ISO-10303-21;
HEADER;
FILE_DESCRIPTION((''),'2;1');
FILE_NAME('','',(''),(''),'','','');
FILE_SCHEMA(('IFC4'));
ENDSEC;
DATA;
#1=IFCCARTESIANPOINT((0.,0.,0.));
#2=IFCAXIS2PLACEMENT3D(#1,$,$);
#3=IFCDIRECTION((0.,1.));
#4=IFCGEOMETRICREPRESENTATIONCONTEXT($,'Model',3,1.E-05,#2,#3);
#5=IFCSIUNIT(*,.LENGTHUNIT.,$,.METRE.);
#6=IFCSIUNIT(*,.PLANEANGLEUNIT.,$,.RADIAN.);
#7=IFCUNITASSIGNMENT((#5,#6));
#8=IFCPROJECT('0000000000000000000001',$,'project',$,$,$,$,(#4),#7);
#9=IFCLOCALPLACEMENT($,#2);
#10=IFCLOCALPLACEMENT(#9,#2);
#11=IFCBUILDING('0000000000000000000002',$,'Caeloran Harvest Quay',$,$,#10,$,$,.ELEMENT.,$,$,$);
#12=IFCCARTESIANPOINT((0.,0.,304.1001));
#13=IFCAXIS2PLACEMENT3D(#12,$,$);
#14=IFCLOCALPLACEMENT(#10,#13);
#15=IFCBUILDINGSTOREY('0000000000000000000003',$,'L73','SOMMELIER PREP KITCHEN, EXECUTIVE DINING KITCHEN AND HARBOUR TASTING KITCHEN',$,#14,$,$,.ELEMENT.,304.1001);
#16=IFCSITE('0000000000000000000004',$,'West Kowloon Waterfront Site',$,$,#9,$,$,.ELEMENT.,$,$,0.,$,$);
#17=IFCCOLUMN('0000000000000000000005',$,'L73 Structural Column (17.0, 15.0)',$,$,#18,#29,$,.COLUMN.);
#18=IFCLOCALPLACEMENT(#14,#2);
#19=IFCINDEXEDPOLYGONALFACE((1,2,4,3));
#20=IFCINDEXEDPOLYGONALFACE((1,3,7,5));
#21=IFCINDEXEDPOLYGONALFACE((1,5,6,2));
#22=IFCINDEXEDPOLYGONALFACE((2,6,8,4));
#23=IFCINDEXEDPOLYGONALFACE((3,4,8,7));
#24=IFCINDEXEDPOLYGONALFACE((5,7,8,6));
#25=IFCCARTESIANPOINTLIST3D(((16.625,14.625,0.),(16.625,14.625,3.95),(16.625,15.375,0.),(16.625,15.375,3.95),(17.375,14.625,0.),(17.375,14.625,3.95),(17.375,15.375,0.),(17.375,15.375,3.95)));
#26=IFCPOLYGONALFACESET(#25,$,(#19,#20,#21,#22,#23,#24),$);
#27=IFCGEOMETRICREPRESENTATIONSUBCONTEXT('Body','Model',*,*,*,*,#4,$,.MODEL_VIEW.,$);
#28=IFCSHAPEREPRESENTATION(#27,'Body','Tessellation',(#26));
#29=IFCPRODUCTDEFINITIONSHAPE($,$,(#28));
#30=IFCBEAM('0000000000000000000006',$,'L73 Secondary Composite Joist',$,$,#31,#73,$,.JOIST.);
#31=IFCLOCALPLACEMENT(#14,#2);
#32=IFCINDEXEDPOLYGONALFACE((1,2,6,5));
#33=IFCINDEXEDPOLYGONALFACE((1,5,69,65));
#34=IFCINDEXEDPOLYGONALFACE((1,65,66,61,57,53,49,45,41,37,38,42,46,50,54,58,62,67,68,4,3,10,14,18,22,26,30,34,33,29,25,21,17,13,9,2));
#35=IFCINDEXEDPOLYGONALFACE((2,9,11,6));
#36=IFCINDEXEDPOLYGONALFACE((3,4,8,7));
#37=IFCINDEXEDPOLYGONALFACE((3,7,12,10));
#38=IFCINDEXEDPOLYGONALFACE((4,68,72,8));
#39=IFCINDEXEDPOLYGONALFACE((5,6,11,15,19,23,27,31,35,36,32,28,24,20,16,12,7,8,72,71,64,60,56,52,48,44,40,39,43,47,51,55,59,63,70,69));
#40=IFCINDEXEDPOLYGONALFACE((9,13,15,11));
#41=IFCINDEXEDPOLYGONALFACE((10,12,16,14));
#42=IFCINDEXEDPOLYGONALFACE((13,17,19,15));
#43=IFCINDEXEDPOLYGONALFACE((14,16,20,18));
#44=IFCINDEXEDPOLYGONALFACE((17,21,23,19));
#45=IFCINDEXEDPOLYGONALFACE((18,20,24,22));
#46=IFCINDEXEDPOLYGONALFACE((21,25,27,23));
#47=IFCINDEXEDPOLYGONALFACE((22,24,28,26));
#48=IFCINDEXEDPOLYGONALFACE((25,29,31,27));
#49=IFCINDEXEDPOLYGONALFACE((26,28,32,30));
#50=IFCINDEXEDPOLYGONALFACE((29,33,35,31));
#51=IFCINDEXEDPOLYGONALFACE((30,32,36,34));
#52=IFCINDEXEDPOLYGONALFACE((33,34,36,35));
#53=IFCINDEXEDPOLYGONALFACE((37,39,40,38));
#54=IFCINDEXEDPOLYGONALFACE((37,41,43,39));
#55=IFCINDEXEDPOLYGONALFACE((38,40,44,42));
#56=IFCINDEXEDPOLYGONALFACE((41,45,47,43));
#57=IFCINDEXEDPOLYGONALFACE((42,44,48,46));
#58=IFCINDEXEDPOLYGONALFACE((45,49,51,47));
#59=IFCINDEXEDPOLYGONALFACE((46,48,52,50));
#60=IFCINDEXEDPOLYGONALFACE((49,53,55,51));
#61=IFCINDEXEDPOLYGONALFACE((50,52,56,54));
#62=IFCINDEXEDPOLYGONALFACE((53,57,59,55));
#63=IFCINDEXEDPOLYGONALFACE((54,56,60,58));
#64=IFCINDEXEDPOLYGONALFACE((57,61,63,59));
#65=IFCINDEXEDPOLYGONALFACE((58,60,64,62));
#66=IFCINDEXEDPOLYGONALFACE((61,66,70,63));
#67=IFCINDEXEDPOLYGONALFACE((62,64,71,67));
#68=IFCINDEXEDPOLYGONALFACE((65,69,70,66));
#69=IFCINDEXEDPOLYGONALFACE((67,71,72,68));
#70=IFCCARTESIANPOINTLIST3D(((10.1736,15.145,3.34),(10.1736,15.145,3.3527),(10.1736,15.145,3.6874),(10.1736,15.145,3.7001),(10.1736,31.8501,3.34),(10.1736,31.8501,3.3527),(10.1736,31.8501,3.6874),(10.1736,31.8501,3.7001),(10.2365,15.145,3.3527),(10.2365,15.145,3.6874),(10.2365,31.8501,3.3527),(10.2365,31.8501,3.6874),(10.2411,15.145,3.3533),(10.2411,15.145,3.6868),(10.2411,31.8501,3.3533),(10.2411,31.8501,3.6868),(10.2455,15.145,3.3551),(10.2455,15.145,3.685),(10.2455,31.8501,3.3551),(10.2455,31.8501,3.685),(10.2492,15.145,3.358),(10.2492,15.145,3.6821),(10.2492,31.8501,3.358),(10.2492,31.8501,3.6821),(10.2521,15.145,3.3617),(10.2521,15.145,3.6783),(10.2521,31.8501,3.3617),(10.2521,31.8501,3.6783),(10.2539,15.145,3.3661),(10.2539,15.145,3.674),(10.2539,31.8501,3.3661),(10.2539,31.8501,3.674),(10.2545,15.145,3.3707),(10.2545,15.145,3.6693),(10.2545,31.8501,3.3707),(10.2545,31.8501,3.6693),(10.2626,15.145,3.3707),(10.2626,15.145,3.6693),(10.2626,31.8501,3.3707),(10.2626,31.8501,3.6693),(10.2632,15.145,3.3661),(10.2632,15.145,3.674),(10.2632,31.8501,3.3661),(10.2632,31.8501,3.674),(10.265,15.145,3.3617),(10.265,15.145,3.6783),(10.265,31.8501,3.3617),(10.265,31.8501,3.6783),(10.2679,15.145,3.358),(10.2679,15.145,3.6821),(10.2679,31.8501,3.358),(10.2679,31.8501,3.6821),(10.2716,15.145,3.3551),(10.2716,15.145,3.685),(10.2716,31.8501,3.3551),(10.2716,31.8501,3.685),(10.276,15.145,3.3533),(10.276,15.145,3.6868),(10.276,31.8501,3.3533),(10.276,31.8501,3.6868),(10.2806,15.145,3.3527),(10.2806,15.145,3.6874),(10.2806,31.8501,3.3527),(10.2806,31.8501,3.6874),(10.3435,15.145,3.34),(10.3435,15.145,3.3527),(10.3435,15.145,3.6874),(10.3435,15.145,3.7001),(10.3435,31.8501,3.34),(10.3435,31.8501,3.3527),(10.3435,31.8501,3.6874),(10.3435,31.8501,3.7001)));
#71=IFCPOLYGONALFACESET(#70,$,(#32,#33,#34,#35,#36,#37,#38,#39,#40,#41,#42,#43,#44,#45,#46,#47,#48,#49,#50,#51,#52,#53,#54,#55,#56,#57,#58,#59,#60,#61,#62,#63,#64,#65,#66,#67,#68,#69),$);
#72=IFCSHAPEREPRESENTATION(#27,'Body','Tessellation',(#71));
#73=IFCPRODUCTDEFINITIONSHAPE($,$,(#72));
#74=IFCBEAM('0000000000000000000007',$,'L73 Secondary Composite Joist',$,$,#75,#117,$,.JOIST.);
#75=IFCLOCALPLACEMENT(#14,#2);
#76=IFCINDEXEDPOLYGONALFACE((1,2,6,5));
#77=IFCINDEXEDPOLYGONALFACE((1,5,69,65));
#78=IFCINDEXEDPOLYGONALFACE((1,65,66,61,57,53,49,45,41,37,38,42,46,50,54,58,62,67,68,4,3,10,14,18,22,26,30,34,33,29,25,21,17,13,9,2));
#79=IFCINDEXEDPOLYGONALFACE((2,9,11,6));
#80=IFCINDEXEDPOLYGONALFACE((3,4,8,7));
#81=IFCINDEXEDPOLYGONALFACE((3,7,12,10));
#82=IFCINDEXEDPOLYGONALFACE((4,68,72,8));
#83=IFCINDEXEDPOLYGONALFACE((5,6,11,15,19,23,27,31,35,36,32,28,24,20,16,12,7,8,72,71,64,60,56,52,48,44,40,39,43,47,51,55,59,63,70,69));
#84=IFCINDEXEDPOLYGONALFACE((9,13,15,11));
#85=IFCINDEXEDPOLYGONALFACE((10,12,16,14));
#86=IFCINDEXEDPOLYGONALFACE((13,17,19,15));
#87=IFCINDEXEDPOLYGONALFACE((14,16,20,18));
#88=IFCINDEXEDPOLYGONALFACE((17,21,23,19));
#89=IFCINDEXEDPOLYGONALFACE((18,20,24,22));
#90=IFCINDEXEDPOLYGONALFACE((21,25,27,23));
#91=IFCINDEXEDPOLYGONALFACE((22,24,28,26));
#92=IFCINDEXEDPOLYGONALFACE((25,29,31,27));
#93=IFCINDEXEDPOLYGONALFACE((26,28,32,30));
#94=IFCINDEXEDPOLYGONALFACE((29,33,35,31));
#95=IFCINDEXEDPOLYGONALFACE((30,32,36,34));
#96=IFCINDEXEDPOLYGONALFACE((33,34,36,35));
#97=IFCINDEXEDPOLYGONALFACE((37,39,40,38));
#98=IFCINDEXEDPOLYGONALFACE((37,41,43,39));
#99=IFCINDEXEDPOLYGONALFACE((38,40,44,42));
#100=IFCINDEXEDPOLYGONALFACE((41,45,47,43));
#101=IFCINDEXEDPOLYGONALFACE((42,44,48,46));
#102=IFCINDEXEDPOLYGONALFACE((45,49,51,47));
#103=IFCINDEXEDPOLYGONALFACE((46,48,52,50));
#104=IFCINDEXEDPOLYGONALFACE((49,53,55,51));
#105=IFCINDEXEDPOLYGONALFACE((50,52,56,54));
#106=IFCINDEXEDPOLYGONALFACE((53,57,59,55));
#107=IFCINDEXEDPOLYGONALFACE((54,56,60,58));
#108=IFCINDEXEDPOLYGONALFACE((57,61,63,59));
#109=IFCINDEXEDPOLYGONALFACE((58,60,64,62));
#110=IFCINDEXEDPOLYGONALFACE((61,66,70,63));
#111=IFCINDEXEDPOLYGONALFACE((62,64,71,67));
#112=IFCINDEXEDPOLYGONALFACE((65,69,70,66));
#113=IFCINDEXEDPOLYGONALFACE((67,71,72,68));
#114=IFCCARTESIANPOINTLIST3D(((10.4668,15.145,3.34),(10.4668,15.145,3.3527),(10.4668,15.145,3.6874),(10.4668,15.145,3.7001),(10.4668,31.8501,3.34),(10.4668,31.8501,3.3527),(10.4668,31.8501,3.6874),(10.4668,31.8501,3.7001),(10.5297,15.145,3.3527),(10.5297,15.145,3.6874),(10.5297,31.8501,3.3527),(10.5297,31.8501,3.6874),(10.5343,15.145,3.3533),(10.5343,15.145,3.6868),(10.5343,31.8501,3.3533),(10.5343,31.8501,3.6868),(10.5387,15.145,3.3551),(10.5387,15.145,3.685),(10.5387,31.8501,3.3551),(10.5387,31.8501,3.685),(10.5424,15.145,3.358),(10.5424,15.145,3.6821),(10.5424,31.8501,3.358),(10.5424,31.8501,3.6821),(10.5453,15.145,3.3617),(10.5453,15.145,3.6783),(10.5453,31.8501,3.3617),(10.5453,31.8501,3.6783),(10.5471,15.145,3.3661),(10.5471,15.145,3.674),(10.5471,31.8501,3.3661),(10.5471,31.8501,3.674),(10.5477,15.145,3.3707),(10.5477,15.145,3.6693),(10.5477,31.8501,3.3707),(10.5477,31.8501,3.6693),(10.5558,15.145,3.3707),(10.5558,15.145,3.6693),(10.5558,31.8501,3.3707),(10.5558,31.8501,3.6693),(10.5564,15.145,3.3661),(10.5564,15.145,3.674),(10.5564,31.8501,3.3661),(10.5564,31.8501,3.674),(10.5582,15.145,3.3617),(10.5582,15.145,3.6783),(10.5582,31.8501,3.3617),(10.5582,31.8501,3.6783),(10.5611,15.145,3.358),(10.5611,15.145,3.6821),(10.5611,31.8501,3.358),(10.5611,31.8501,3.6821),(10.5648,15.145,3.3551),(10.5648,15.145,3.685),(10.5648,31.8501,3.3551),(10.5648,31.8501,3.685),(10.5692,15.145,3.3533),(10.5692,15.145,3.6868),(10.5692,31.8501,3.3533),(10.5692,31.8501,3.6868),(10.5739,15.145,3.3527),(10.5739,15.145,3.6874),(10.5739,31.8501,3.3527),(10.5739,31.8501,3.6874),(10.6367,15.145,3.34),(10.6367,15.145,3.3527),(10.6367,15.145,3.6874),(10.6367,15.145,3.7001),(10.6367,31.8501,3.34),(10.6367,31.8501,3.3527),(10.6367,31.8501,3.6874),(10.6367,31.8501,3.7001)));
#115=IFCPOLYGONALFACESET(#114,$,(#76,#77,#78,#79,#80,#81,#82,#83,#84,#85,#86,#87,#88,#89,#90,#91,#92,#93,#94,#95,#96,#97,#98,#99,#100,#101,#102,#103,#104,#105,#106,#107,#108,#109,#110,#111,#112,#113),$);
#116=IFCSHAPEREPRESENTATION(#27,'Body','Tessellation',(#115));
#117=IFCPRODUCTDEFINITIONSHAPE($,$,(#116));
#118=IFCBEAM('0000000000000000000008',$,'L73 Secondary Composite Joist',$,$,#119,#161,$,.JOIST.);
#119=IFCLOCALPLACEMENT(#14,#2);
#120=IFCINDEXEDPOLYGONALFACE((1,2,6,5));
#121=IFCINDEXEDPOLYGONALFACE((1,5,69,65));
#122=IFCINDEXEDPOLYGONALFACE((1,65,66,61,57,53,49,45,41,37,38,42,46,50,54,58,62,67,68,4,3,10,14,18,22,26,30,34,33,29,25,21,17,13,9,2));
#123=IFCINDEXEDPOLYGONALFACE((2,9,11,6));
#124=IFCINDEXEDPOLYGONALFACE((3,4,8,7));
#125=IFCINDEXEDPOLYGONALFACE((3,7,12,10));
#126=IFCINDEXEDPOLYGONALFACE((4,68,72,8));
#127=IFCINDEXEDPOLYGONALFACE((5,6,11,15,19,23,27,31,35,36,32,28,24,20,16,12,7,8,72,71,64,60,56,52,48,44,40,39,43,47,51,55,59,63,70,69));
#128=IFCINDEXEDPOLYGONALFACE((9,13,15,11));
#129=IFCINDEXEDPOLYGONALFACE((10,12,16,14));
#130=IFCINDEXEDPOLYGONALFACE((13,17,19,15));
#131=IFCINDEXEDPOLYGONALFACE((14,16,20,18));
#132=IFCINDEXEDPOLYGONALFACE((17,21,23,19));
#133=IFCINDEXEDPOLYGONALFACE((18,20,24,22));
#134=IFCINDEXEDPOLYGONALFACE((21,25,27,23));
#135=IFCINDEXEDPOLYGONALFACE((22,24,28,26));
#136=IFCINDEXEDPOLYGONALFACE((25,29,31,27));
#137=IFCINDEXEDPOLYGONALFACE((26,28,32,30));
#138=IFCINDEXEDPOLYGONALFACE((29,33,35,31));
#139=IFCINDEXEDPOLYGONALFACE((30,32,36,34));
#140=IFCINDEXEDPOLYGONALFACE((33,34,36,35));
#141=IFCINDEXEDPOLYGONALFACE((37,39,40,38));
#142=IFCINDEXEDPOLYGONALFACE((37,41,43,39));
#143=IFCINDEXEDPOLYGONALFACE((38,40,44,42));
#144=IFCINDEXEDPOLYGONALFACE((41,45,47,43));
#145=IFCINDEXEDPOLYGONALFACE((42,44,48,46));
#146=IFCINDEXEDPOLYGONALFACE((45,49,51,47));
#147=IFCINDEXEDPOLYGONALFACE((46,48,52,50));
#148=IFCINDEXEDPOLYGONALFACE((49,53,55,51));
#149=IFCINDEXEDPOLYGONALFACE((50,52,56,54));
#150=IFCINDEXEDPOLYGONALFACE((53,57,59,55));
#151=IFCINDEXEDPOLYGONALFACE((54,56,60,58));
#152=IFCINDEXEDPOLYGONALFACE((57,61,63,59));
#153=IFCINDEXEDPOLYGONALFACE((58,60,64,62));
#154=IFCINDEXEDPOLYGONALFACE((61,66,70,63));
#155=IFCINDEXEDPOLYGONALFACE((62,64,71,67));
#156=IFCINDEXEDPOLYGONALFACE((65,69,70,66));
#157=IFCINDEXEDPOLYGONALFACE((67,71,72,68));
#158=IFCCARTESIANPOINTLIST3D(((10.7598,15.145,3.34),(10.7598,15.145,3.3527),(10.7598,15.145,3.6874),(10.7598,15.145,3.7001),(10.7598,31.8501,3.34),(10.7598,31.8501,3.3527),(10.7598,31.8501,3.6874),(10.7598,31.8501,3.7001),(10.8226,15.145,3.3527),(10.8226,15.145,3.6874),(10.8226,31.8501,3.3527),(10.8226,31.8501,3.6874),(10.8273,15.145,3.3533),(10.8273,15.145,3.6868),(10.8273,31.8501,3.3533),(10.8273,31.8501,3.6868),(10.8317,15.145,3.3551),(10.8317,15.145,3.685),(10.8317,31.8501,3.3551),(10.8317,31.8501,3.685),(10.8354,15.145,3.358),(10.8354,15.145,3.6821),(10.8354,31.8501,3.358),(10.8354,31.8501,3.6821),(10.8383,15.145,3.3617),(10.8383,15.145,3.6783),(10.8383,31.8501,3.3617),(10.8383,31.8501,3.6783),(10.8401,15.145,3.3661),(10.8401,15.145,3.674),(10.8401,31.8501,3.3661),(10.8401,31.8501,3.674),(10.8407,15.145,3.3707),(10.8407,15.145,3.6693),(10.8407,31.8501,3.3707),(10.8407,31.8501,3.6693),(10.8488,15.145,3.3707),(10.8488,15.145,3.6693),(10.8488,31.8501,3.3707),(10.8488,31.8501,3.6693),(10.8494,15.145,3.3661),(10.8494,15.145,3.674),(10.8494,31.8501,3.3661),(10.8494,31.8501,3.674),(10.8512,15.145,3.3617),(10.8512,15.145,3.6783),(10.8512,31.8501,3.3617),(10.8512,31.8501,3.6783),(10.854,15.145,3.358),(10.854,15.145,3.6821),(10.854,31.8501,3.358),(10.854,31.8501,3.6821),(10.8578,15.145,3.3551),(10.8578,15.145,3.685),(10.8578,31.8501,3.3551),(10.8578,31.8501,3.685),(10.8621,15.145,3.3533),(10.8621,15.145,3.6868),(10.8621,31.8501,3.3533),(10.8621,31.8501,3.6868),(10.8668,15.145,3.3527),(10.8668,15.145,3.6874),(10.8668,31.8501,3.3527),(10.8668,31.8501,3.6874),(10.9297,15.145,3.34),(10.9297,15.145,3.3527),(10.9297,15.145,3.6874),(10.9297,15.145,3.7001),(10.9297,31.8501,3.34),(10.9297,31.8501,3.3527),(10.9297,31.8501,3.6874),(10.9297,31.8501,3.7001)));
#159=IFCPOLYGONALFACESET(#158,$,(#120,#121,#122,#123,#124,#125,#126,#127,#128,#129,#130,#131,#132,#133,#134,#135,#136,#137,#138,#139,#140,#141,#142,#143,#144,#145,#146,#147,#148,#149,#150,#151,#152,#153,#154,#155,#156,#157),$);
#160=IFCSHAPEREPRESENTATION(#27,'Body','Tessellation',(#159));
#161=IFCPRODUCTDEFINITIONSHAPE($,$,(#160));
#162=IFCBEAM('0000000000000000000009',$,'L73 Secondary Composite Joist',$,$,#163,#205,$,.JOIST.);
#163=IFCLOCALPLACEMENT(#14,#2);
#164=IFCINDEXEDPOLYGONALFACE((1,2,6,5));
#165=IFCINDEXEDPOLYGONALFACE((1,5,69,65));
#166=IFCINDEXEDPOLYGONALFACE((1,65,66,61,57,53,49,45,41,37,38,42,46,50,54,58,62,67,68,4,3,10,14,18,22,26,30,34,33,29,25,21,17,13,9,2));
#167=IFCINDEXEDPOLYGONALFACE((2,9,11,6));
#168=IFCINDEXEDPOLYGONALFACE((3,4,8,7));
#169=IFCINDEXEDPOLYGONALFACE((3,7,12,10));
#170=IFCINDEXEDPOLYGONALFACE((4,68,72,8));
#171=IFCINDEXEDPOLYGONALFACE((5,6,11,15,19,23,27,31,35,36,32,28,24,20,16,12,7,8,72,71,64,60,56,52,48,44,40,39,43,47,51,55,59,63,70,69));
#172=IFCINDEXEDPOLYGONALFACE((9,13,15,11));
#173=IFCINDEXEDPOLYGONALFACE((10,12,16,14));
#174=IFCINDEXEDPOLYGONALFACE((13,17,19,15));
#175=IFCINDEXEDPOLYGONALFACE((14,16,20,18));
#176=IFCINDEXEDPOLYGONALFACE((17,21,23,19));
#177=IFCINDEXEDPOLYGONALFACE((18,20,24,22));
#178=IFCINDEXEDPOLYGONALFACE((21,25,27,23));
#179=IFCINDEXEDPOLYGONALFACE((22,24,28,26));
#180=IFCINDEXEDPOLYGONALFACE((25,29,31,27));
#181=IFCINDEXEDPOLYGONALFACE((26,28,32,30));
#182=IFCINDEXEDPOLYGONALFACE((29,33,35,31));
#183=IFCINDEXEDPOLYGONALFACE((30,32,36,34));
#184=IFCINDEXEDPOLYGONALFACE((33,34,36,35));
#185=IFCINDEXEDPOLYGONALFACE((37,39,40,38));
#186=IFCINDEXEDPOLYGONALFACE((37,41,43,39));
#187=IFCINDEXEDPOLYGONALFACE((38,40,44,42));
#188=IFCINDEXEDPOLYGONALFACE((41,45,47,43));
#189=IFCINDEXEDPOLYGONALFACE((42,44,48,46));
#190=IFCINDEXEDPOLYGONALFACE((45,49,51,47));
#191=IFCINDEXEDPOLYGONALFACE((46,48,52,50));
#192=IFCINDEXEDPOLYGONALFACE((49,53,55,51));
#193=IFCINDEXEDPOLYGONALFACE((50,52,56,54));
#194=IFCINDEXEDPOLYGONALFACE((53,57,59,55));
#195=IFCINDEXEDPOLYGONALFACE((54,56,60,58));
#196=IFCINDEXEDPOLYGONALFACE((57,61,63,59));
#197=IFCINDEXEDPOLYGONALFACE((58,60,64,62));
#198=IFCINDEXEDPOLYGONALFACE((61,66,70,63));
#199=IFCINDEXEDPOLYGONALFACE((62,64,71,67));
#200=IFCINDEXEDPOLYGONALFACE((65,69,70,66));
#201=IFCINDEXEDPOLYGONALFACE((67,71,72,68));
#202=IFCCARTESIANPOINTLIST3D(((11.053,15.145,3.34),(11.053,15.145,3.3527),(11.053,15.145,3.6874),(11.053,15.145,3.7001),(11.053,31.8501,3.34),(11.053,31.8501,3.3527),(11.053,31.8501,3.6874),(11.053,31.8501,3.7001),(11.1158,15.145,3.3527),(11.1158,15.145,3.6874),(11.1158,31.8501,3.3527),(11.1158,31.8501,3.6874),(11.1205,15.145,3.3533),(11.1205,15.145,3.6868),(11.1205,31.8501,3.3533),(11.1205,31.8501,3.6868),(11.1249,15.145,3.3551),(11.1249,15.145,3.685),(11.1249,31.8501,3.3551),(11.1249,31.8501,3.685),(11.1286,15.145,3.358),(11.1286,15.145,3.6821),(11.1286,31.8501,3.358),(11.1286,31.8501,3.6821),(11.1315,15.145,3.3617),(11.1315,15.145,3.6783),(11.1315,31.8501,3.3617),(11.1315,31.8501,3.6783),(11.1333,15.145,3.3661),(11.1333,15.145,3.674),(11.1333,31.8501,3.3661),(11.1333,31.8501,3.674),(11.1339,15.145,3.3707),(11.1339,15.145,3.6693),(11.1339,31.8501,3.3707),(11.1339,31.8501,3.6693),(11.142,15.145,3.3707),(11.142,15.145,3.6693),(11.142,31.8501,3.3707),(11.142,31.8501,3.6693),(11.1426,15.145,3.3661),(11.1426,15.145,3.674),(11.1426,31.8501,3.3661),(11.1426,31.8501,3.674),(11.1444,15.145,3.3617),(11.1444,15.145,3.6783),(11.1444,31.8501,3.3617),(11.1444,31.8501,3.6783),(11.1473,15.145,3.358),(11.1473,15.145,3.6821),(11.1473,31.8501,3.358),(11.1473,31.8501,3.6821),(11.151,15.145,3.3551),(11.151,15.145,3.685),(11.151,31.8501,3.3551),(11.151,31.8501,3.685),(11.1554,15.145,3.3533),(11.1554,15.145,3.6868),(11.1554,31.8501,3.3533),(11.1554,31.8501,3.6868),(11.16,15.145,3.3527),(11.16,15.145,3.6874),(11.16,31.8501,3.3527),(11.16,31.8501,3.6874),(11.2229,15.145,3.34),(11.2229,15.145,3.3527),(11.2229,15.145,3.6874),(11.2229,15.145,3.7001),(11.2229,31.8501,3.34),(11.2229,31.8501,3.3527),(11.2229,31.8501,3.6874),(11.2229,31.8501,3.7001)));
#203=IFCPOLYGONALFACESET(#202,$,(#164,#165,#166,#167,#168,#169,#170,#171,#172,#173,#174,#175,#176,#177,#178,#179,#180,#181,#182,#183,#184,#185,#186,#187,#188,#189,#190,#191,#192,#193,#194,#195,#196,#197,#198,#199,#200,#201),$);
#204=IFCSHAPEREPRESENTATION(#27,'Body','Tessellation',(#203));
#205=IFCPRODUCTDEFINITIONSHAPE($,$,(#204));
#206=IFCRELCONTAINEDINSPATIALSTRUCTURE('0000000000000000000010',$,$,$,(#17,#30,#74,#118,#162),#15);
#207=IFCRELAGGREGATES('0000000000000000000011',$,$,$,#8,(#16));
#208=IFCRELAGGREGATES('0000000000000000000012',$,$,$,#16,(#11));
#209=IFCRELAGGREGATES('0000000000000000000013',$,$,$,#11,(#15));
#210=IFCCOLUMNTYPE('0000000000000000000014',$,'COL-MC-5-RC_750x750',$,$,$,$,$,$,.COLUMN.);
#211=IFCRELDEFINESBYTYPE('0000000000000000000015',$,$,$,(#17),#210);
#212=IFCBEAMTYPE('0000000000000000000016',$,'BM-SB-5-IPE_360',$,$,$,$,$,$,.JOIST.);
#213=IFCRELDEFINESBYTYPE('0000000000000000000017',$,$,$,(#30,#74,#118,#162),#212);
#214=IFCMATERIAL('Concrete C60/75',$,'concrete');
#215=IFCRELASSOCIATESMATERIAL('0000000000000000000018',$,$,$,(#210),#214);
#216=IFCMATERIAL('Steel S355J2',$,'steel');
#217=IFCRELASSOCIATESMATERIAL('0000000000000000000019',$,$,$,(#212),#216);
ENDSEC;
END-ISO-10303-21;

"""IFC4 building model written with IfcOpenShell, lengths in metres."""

from ifc_helpers import new_model, si_unit, direction, frame, origin, origin_2d, place, context, subcontext, project, spatial, rectangle, i_section, extrude, material, material_profile, profile_set, type_object, element, save


model = new_model("IFC4")

# Units and contexts
model_context = context("Model", 3, precision=1e-05, world=origin(), true_north=direction((0.0, 1.0)))
body_context = subcontext(model_context, "Body", "Model", "MODEL_VIEW")
ifc_project = project(units=[si_unit("LENGTHUNIT", "METRE"), si_unit("PLANEANGLEUNIT", "RADIAN")], contexts=[model_context])

# Site, building, storey
site_placement = place(None, origin())
site = spatial("IfcSite", under=ifc_project, at=site_placement, Name="West Kowloon Waterfront Site", CompositionType="ELEMENT", RefElevation=0.0)
building_placement = place(site_placement, origin())
building = spatial("IfcBuilding", under=site, at=building_placement, Name="Caeloran Harvest Quay", CompositionType="ELEMENT")
storey_placement = place(building_placement, frame((0.0, 0.0, 304.1001)))
storey = spatial("IfcBuildingStorey", under=building, at=storey_placement, Name="L73", Description="SOMMELIER PREP KITCHEN, EXECUTIVE DINING KITCHEN AND HARBOUR TASTING KITCHEN", CompositionType="ELEMENT", Elevation=304.1001)

# Column
ifc_material_1 = material(Name="Concrete C60/75", Category="concrete")
ifc_material_profile_1 = material_profile(ifc_material_1, rectangle(XDim=0.75, YDim=0.75, at=origin_2d()), Name="RC 750x750")
ifc_profile_set_1 = profile_set([ifc_material_profile_1], Name="Concrete C60/75")
column_type = type_object("IfcColumnType", Name="COL-MC-5-RC_750x750", PredefinedType="COLUMN", material=ifc_profile_set_1)
column_placement = place(storey_placement, frame((17.0, 15.0, 0.0), z_axis=(0.0, 0.0, 1.0), x_axis=(1.0, 0.0, 0.0)))
element("IfcColumn", 1, at=column_placement, inside=storey, type_object=column_type, Name="L73 Structural Column (17.0, 15.0)", PredefinedType="COLUMN", context=body_context, shape_type="SweptSolid", body=[
    extrude(rectangle(XDim=0.75, YDim=0.75, at=origin_2d()), origin(), (0.0, 0.0, 1.0), 3.95),
])

# Beams
ifc_material_2 = material(Name="Steel S355J2", Category="steel")
ifc_material_profile_2 = material_profile(ifc_material_2, i_section(OverallWidth=0.1699, OverallDepth=0.3601, WebThickness=0.0081, FlangeThickness=0.0127, FilletRadius=0.0181, at=origin_2d()), Name="IPE 360")
ifc_profile_set_2 = profile_set([ifc_material_profile_2], Name="Steel S355J2")
beam_type_1 = type_object("IfcBeamType", Name="BM-SB-5-IPE_360", PredefinedType="JOIST", material=ifc_profile_set_2)
for number, where, z_axis, x_axis, name in (
    (2, (10.2585, 15.145, 3.52), (0.0, 1.0, 0.0), (-1.0, 0.0, 0.0), "L73 Secondary Composite Joist"),
    (3, (10.5518, 15.145, 3.52), (0.0, 1.0, 0.0), (-1.0, 0.0, 0.0), "L73 Secondary Composite Joist"),
    (4, (10.8447, 15.145, 3.52), (0.0, 1.0, 0.0), (-1.0, 0.0, 0.0), "L73 Secondary Composite Joist"),
    (5, (11.1379, 15.145, 3.52), (0.0, 1.0, 0.0), (-1.0, 0.0, 0.0), "L73 Secondary Composite Joist"),
):
    element("IfcBeam", number, at=place(storey_placement, frame(where, z_axis=z_axis, x_axis=x_axis)), inside=storey, type_object=beam_type_1, Name=name, PredefinedType="JOIST", context=body_context, shape_type="SweptSolid", body=[
        extrude(i_section(OverallWidth=0.1699, OverallDepth=0.3601, WebThickness=0.0081, FlangeThickness=0.0127, FilletRadius=0.0181, at=origin_2d()), origin(), (0.0, 0.0, 1.0), 16.7051),
    ])

save(model, "model.ifc")
